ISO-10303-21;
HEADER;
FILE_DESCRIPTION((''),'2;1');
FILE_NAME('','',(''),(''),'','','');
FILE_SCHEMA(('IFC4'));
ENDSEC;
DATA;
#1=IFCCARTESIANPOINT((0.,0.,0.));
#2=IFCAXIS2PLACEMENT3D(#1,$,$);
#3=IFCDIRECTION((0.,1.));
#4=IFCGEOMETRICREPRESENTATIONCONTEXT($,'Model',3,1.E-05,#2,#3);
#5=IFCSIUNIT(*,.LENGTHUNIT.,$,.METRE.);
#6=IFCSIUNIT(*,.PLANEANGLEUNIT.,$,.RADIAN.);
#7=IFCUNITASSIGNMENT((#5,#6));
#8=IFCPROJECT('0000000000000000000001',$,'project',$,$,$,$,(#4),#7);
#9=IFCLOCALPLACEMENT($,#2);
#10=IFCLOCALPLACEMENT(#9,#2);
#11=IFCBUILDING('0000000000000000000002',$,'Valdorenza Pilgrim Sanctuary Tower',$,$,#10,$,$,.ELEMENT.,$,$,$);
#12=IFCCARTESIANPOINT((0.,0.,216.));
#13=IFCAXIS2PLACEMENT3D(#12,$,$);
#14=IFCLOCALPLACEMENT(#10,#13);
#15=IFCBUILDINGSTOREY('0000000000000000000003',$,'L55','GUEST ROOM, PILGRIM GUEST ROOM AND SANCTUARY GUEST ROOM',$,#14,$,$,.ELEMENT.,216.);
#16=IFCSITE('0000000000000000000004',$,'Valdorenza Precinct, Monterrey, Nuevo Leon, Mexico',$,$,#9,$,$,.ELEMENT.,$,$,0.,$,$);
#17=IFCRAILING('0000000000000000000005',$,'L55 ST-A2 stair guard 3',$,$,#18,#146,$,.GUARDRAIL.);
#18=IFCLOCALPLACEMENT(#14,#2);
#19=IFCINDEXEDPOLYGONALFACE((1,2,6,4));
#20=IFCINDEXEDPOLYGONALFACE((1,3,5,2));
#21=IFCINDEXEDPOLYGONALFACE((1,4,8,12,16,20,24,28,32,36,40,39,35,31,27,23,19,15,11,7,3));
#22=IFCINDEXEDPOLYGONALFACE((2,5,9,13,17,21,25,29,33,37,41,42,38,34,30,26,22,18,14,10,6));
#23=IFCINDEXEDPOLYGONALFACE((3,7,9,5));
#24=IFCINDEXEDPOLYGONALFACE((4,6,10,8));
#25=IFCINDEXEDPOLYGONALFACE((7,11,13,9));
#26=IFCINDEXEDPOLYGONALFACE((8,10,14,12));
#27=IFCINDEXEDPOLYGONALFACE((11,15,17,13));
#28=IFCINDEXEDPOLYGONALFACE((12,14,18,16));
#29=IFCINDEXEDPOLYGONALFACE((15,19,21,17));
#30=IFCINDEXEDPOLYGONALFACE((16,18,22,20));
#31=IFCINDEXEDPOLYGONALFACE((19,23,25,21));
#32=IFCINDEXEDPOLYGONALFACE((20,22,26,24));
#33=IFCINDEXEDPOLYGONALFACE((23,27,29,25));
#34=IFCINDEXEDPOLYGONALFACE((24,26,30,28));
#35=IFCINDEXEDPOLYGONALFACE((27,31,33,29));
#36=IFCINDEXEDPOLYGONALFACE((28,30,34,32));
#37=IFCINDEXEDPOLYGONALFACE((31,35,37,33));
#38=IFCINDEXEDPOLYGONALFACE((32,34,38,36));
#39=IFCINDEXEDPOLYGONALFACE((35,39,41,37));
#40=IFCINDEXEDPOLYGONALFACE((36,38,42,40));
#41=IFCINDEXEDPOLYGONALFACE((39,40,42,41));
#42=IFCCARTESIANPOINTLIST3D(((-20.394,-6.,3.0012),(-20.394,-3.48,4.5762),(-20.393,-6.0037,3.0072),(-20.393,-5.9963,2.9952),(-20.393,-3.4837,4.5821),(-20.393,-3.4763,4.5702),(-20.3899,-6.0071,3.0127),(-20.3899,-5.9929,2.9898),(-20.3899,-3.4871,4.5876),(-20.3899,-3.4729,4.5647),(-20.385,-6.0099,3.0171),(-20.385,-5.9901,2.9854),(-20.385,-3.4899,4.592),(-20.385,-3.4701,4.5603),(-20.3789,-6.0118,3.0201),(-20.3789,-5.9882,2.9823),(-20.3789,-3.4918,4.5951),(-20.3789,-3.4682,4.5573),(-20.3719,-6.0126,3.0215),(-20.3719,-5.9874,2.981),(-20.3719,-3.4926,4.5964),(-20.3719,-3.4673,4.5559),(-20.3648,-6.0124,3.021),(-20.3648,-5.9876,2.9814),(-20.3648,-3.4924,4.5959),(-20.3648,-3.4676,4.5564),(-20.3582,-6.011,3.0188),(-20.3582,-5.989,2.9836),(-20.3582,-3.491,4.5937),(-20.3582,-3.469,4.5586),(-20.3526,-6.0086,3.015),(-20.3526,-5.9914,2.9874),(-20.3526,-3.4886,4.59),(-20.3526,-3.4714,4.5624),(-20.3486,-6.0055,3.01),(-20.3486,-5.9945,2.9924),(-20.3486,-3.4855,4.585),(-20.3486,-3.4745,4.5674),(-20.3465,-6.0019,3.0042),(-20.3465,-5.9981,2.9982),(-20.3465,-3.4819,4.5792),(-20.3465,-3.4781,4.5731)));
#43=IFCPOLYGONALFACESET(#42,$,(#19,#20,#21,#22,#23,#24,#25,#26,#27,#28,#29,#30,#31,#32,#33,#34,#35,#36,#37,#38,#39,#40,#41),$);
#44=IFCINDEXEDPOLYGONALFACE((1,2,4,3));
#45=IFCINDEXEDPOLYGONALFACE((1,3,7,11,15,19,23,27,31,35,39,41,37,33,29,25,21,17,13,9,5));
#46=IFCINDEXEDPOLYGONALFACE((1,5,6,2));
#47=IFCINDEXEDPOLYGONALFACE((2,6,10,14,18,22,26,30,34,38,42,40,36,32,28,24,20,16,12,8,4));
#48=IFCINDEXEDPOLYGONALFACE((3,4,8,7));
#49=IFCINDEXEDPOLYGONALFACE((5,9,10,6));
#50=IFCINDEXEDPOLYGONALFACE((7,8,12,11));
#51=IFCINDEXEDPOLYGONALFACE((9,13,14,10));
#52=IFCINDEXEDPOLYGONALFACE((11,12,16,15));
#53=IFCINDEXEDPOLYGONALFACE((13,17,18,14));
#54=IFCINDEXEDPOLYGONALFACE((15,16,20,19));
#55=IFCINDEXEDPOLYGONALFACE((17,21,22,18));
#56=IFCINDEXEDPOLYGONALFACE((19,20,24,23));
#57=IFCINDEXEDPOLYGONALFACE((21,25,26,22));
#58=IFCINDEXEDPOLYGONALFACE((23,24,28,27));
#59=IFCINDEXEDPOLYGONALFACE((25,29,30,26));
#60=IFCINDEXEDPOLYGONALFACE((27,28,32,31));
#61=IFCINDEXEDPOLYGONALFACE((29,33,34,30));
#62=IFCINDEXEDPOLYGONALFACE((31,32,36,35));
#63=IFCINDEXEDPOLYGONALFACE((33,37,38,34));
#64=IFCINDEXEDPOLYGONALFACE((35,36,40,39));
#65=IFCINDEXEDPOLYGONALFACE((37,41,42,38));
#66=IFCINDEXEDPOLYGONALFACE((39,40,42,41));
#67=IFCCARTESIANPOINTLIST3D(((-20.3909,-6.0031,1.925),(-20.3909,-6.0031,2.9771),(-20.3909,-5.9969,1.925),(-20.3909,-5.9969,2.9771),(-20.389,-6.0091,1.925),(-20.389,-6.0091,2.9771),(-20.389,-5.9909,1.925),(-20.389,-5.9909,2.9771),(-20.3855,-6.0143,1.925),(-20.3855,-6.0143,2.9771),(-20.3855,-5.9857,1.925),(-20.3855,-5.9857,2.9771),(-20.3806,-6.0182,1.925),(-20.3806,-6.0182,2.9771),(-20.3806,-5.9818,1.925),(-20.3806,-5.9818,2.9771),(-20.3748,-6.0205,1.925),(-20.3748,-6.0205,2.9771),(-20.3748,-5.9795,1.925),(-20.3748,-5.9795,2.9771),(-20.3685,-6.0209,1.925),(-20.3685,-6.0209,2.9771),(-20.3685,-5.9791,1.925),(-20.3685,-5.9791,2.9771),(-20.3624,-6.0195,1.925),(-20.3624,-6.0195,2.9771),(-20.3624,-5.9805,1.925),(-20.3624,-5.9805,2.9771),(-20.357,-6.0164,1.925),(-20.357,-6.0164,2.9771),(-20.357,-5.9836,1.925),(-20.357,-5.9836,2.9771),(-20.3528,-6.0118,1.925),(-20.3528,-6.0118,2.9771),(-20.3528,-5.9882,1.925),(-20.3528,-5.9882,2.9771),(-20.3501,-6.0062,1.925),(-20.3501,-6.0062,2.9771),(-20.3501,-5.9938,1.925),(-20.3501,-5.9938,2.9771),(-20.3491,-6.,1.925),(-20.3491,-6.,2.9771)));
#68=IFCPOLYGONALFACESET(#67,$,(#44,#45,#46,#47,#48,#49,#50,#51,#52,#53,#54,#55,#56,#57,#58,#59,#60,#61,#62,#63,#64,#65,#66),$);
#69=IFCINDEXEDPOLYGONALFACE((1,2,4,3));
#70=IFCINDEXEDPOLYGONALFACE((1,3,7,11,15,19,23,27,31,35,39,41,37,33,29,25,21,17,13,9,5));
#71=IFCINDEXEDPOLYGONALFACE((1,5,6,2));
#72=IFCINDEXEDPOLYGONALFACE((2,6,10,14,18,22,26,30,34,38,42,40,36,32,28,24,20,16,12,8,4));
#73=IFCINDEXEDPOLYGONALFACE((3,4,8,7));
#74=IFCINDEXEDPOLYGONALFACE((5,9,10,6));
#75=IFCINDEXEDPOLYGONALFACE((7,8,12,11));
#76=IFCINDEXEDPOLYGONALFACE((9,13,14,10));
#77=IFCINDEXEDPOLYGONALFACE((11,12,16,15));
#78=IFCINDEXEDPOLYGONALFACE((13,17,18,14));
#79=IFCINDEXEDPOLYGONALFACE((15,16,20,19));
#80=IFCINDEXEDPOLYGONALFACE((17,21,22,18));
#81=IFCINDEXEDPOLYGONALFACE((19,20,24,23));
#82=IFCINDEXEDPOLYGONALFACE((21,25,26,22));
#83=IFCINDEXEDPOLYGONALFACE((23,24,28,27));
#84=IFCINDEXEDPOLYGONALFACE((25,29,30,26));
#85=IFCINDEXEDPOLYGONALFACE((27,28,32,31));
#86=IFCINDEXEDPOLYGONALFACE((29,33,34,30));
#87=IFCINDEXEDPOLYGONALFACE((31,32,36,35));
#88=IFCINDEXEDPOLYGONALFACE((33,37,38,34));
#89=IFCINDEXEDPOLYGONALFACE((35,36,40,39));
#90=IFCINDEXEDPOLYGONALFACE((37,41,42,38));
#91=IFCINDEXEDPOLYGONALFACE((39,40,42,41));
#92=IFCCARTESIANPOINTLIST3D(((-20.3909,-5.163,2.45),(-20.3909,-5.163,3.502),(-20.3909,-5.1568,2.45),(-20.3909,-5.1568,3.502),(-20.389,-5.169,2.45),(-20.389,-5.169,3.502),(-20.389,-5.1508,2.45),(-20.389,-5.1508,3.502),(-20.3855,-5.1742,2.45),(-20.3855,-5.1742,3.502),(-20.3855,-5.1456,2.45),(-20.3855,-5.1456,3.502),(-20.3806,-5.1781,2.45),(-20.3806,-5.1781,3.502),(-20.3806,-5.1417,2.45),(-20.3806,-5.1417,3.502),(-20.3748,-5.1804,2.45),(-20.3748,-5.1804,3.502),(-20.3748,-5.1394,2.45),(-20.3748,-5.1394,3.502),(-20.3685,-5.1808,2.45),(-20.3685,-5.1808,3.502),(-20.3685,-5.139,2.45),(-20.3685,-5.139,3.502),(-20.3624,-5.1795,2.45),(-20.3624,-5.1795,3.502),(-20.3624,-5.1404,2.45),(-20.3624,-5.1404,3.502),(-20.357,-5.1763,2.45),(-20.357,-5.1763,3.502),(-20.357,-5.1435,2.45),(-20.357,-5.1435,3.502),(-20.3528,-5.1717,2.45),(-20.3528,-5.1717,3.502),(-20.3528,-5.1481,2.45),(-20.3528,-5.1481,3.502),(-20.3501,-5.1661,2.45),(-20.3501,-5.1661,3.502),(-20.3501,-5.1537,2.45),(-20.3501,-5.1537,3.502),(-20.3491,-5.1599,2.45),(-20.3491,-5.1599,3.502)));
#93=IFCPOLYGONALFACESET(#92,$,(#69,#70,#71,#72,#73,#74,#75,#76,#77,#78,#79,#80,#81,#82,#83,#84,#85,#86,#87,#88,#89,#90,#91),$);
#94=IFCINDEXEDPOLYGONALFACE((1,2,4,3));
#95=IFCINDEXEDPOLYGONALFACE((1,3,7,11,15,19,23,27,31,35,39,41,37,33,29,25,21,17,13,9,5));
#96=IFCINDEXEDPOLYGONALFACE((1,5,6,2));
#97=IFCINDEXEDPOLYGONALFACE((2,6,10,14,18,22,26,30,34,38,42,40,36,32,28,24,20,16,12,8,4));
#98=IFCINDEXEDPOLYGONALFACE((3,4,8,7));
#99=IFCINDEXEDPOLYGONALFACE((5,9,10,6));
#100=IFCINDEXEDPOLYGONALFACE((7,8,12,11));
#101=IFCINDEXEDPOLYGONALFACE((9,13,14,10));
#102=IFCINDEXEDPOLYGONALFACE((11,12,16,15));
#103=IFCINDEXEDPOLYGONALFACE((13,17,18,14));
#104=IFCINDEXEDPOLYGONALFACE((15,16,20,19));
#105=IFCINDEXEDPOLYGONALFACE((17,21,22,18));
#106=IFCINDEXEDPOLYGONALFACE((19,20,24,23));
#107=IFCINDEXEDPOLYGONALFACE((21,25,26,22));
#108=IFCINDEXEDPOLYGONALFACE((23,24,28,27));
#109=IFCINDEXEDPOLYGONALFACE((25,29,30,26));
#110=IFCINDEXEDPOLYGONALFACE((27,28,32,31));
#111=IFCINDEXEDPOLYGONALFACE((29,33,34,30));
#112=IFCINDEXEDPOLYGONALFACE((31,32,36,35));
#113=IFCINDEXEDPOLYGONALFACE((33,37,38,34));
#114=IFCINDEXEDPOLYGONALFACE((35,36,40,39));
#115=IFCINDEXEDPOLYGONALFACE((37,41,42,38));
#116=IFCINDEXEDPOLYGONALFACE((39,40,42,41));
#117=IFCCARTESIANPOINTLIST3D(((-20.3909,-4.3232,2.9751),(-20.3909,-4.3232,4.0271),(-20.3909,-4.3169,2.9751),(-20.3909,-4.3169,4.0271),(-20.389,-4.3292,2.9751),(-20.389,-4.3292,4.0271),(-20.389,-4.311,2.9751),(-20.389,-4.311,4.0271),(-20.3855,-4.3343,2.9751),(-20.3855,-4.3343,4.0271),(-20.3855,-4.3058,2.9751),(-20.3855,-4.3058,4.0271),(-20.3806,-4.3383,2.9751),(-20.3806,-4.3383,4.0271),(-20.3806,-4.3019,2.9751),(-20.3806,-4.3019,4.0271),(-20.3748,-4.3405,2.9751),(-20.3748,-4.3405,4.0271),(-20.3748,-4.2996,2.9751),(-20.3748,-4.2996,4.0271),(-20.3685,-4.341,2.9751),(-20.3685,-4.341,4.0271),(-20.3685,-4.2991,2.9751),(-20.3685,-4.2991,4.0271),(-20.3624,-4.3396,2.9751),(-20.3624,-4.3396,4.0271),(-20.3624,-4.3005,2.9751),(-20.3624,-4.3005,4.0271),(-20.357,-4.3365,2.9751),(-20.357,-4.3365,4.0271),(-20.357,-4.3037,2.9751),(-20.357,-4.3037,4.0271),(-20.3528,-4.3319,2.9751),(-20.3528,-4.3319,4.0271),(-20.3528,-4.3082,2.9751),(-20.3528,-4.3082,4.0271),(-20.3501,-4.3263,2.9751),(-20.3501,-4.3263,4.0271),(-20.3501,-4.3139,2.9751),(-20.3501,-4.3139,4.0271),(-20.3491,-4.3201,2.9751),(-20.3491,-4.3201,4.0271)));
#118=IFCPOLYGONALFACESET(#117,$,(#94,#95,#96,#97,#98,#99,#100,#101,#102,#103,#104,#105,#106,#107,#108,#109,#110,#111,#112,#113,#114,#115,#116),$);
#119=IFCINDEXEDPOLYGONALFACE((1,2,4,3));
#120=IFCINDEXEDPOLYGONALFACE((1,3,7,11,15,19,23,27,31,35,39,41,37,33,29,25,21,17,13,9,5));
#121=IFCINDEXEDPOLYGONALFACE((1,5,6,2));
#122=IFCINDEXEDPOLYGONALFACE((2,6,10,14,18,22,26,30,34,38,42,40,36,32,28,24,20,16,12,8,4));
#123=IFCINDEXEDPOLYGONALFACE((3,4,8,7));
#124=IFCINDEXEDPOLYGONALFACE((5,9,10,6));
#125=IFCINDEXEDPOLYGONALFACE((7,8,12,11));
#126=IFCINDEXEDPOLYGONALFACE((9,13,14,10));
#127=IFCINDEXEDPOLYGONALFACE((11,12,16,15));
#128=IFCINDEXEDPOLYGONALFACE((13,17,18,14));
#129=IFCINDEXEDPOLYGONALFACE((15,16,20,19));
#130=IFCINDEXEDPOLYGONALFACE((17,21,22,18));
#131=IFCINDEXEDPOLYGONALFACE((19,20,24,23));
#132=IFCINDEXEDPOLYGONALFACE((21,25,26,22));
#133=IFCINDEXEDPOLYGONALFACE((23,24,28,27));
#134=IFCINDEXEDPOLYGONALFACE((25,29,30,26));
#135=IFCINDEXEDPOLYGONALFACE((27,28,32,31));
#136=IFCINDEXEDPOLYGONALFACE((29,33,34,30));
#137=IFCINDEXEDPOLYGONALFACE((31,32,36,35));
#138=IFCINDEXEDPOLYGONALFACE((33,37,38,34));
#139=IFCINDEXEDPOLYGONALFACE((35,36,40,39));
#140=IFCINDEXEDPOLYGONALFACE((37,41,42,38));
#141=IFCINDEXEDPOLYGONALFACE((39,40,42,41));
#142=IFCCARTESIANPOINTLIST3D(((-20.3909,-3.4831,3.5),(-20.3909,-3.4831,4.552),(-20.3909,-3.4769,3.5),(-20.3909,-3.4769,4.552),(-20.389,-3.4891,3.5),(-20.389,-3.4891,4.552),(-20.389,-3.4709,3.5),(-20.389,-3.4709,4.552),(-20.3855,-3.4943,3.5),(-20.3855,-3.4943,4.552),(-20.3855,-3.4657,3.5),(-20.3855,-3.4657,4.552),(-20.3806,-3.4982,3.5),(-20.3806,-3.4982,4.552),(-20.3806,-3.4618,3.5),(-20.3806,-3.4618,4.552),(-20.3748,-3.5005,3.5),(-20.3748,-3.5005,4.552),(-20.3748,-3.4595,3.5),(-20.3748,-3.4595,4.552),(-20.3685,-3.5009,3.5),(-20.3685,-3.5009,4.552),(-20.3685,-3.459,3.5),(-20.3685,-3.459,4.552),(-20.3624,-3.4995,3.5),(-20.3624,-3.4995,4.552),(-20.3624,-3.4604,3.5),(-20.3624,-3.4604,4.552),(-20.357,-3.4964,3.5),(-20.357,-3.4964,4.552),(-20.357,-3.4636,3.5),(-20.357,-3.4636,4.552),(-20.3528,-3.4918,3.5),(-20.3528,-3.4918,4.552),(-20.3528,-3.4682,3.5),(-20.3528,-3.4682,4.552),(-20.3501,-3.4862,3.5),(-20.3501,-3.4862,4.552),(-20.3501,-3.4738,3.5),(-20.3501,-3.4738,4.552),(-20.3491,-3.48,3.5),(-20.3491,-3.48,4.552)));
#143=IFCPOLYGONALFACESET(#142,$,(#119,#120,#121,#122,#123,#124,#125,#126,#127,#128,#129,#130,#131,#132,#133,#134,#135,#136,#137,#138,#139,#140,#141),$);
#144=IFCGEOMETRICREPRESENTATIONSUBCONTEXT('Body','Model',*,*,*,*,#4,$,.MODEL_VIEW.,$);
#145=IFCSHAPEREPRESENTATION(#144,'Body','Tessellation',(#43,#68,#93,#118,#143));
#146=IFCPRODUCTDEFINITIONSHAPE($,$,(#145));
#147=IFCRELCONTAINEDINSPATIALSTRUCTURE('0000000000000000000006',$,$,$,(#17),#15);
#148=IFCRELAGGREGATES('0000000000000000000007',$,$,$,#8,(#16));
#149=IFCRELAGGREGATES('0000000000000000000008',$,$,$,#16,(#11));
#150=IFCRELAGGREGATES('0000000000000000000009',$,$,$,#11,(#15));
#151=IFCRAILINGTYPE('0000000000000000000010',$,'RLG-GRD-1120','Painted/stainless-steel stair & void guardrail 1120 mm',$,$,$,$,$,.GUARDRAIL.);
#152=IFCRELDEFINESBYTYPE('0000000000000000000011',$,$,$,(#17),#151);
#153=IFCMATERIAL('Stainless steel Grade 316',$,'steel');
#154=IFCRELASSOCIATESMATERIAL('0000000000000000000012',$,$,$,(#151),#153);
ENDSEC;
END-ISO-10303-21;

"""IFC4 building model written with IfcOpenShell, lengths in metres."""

from ifc_helpers import new_model, si_unit, direction, frame, origin, origin_2d, place, context, subcontext, project, spatial, circle, extrude, material, type_object, element, save


model = new_model("IFC4")

# Units and contexts
model_context = context("Model", 3, precision=1e-05, world=origin(), true_north=direction((0.0, 1.0)))
body_context = subcontext(model_context, "Body", "Model", "MODEL_VIEW")
ifc_project = project(units=[si_unit("LENGTHUNIT", "METRE"), si_unit("PLANEANGLEUNIT", "RADIAN")], contexts=[model_context])

# Site, building, storey
site_placement = place(None, origin())
site = spatial("IfcSite", under=ifc_project, at=site_placement, Name="Valdorenza Precinct, Monterrey, Nuevo Leon, Mexico", CompositionType="ELEMENT", RefElevation=0.0)
building_placement = place(site_placement, origin())
building = spatial("IfcBuilding", under=site, at=building_placement, Name="Valdorenza Pilgrim Sanctuary Tower", CompositionType="ELEMENT")
storey_placement = place(building_placement, frame((0.0, 0.0, 216.0)))
storey = spatial("IfcBuildingStorey", under=building, at=storey_placement, Name="L55", Description="GUEST ROOM, PILGRIM GUEST ROOM AND SANCTUARY GUEST ROOM", CompositionType="ELEMENT", Elevation=216.0)

# Railing
ifc_material_1 = material(Name="Stainless steel Grade 316", Category="steel")
railing_type_1 = type_object("IfcRailingType", Name="RLG-GRD-1120", Description="Painted/stainless-steel stair & void guardrail 1120 mm", PredefinedType="GUARDRAIL", material=ifc_material_1)
railing_1_placement = place(storey_placement, frame((-20.3701, -6.0, 1.925)))
element("IfcRailing", 1, at=railing_1_placement, inside=storey, type_object=railing_type_1, Name="L55 ST-A2 stair guard 3", PredefinedType="GUARDRAIL", context=body_context, shape_type="SweptSolid", body=[
    extrude(circle(Radius=0.0239, at=origin_2d()), frame((0.0, 0.0, 1.0762), z_axis=(0.0, 0.848008, 0.529984), x_axis=(-1.0, 0.0, 0.0)), (0.0, 0.0, 1.0), 2.9717),
    extrude(circle(Radius=0.021, at=origin_2d()), origin(), (0.0, 0.0, 1.0), 1.052),
    extrude(circle(Radius=0.021, at=origin_2d()), frame((0.0, 0.8401, 0.5249)), (0.0, 0.0, 1.0), 1.052),
    extrude(circle(Radius=0.021, at=origin_2d()), frame((0.0, 1.6799, 1.05)), (0.0, 0.0, 1.0), 1.052),
    extrude(circle(Radius=0.021, at=origin_2d()), frame((0.0, 2.52, 1.575)), (0.0, 0.0, 1.0), 1.052),
])

save(model, "model.ifc")
